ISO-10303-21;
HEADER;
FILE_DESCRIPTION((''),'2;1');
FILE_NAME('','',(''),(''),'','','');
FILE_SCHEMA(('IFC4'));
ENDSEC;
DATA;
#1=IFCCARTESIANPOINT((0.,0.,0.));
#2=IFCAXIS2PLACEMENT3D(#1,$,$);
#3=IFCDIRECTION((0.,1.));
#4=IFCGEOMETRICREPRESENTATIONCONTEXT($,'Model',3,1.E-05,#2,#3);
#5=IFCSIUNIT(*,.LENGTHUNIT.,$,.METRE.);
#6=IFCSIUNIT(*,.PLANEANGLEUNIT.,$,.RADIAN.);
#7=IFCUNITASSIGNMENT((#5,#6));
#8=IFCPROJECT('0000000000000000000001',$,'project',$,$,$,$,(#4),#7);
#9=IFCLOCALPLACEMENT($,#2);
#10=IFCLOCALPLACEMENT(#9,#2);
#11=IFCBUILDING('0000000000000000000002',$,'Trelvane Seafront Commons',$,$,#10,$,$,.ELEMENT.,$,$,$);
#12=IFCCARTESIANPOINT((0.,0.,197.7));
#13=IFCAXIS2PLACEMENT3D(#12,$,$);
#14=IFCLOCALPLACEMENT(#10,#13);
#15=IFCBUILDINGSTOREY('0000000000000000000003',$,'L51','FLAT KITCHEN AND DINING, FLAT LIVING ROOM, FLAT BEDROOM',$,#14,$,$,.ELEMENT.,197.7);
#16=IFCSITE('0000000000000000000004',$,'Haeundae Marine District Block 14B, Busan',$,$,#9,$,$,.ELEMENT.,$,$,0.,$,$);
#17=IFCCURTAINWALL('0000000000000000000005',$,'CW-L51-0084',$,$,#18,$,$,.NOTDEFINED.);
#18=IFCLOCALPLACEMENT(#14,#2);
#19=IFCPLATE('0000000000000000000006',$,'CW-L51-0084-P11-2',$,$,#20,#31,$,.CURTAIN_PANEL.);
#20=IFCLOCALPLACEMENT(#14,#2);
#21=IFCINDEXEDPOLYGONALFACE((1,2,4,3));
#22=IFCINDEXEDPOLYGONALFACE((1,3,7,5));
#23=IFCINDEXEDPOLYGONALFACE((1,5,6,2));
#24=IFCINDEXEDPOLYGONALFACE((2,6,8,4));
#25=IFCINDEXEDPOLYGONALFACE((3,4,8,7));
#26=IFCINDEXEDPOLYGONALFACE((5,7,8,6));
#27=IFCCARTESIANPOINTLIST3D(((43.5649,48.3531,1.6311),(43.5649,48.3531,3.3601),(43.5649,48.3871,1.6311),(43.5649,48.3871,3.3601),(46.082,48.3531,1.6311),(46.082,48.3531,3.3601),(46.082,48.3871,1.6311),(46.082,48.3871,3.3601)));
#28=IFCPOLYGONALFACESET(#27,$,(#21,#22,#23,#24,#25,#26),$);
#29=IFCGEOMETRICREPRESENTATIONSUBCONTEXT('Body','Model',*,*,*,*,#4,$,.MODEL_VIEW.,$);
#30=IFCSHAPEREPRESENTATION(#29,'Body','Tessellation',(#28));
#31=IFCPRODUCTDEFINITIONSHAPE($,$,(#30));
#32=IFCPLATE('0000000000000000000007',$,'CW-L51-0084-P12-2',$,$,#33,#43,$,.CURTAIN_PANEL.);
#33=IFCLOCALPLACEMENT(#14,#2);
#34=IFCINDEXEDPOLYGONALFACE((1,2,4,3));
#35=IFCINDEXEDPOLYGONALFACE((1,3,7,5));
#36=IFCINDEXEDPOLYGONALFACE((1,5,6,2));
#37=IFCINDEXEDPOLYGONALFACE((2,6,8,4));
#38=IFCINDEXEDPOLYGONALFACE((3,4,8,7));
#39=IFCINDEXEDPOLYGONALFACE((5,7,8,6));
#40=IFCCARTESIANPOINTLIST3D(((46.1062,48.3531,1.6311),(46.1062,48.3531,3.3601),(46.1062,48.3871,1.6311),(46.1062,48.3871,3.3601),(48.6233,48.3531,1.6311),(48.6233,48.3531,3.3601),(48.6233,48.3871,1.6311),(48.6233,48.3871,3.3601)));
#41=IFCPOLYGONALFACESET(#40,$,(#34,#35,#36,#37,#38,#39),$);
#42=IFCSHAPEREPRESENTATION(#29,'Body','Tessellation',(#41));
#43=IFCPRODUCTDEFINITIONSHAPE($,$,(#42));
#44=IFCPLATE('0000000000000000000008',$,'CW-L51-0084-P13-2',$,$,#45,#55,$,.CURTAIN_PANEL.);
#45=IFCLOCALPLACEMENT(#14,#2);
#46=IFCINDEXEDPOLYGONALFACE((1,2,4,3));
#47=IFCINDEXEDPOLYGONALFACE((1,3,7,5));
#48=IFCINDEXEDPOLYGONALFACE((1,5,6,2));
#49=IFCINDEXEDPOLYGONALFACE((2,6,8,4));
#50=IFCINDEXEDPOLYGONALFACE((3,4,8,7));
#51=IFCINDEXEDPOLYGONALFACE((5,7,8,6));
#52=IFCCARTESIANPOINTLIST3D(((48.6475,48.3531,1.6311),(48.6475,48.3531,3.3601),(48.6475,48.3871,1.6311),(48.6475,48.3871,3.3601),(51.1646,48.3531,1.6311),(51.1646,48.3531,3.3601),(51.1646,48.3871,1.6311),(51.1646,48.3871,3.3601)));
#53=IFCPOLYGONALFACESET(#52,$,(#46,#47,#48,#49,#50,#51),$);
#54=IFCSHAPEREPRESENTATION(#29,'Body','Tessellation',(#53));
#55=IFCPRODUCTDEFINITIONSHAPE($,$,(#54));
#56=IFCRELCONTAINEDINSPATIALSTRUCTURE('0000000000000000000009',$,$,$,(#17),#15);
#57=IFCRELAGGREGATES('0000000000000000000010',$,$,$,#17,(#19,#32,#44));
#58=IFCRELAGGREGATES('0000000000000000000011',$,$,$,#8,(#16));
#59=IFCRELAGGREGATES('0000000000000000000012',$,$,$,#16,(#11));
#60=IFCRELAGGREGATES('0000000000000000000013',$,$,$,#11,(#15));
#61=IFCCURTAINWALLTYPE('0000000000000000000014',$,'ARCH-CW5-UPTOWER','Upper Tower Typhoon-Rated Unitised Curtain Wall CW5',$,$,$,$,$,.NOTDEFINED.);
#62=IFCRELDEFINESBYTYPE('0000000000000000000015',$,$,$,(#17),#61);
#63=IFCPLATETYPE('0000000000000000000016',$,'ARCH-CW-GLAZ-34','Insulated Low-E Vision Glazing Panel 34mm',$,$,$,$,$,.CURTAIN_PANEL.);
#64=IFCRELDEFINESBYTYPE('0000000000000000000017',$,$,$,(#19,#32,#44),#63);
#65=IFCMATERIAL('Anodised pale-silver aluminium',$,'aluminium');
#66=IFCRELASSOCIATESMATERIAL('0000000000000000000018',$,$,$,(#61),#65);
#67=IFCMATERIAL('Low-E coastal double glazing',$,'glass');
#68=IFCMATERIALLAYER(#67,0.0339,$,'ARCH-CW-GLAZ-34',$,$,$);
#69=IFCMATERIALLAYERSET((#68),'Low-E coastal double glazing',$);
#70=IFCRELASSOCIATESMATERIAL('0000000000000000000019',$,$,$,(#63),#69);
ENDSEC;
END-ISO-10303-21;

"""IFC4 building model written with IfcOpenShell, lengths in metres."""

from ifc_helpers import new_model, si_unit, direction, frame, origin, origin_2d, place, context, subcontext, project, spatial, rectangle, extrude, source, transform, mapped, material, layer, layer_set, type_object, element, aggregate, save


model = new_model("IFC4")

# Units and contexts
model_context = context("Model", 3, precision=1e-05, world=origin(), true_north=direction((0.0, 1.0)))
body_context = subcontext(model_context, "Body", "Model", "MODEL_VIEW")
ifc_project = project(units=[si_unit("LENGTHUNIT", "METRE"), si_unit("PLANEANGLEUNIT", "RADIAN")], contexts=[model_context])

# Site, building, storey
site_placement = place(None, origin())
site = spatial("IfcSite", under=ifc_project, at=site_placement, Name="Haeundae Marine District Block 14B, Busan", CompositionType="ELEMENT", RefElevation=0.0)
building_placement = place(site_placement, origin())
building = spatial("IfcBuilding", under=site, at=building_placement, Name="Trelvane Seafront Commons", CompositionType="ELEMENT")
storey_placement = place(building_placement, frame((0.0, 0.0, 197.7)))
storey = spatial("IfcBuildingStorey", under=building, at=storey_placement, Name="L51", Description="FLAT KITCHEN AND DINING, FLAT LIVING ROOM, FLAT BEDROOM", CompositionType="ELEMENT", Elevation=197.7)

# Curtain wall
ifc_material_1 = material(Name="Anodised pale-silver aluminium", Category="aluminium")
curtain_wall_type = type_object("IfcCurtainWallType", Name="ARCH-CW5-UPTOWER", Description="Upper Tower Typhoon-Rated Unitised Curtain Wall CW5", PredefinedType="NOTDEFINED", material=ifc_material_1)
curtain_wall_placement = place(storey_placement, origin())
curtain_wall = element("IfcCurtainWall", 1, at=curtain_wall_placement, inside=storey, type_object=curtain_wall_type, Name="CW-L51-0084", PredefinedType="NOTDEFINED")

# Plates
ifc_material_2 = material(Name="Low-E coastal double glazing", Category="glass")
ifc_layer_1 = layer(ifc_material_2, 0.0339, Name="ARCH-CW-GLAZ-34")
ifc_layer_set_1 = layer_set([ifc_layer_1], Name="Low-E coastal double glazing")
plate_type_1 = type_object("IfcPlateType", Name="ARCH-CW-GLAZ-34", Description="Insulated Low-E Vision Glazing Panel 34mm", PredefinedType="CURTAIN_PANEL", material=ifc_layer_set_1)
shared_shape_1 = source(origin(), body_context, "Body", "SweptSolid", [
    extrude(rectangle(XDim=2.5171, YDim=0.0339, at=origin_2d()), origin(), (0.0, 0.0, 1.0), 1.729),
])
plate_1_placement = place(storey_placement, frame((44.8235, 48.3701, 1.6311), z_axis=(0.0, 0.0, 1.0), x_axis=(1.0, 0.0, 0.0)))
plate_1 = element("IfcPlate", 2, at=plate_1_placement, type_object=plate_type_1, Name="CW-L51-0084-P11-2", PredefinedType="CURTAIN_PANEL", context=body_context, shape_type="MappedRepresentation", body=[
    mapped(shared_shape_1, transform((0.0, 0.0, 0.0), x_axis=(1.0, 0.0, 0.0), y_axis=(0.0, 1.0, 0.0), z_axis=(0.0, 0.0, 1.0), scale=1.0)),
])
plate_2_placement = place(storey_placement, frame((47.3647, 48.3701, 1.6311), z_axis=(0.0, 0.0, 1.0), x_axis=(1.0, 0.0, 0.0)))
plate_2 = element("IfcPlate", 3, at=plate_2_placement, type_object=plate_type_1, Name="CW-L51-0084-P12-2", PredefinedType="CURTAIN_PANEL", context=body_context, shape_type="MappedRepresentation", body=[
    mapped(shared_shape_1, transform((0.0, 0.0, 0.0), x_axis=(1.0, 0.0, 0.0), y_axis=(0.0, 1.0, 0.0), z_axis=(0.0, 0.0, 1.0), scale=1.0)),
])
plate_3_placement = place(storey_placement, frame((49.906, 48.3701, 1.6311), z_axis=(0.0, 0.0, 1.0), x_axis=(1.0, 0.0, 0.0)))
plate_3 = element("IfcPlate", 4, at=plate_3_placement, type_object=plate_type_1, Name="CW-L51-0084-P13-2", PredefinedType="CURTAIN_PANEL", context=body_context, shape_type="MappedRepresentation", body=[
    mapped(shared_shape_1, transform((0.0, 0.0, 0.0), x_axis=(1.0, 0.0, 0.0), y_axis=(0.0, 1.0, 0.0), z_axis=(0.0, 0.0, 1.0), scale=1.0)),
])
aggregate(curtain_wall, [plate_1, plate_2, plate_3])

save(model, "model.ifc")
